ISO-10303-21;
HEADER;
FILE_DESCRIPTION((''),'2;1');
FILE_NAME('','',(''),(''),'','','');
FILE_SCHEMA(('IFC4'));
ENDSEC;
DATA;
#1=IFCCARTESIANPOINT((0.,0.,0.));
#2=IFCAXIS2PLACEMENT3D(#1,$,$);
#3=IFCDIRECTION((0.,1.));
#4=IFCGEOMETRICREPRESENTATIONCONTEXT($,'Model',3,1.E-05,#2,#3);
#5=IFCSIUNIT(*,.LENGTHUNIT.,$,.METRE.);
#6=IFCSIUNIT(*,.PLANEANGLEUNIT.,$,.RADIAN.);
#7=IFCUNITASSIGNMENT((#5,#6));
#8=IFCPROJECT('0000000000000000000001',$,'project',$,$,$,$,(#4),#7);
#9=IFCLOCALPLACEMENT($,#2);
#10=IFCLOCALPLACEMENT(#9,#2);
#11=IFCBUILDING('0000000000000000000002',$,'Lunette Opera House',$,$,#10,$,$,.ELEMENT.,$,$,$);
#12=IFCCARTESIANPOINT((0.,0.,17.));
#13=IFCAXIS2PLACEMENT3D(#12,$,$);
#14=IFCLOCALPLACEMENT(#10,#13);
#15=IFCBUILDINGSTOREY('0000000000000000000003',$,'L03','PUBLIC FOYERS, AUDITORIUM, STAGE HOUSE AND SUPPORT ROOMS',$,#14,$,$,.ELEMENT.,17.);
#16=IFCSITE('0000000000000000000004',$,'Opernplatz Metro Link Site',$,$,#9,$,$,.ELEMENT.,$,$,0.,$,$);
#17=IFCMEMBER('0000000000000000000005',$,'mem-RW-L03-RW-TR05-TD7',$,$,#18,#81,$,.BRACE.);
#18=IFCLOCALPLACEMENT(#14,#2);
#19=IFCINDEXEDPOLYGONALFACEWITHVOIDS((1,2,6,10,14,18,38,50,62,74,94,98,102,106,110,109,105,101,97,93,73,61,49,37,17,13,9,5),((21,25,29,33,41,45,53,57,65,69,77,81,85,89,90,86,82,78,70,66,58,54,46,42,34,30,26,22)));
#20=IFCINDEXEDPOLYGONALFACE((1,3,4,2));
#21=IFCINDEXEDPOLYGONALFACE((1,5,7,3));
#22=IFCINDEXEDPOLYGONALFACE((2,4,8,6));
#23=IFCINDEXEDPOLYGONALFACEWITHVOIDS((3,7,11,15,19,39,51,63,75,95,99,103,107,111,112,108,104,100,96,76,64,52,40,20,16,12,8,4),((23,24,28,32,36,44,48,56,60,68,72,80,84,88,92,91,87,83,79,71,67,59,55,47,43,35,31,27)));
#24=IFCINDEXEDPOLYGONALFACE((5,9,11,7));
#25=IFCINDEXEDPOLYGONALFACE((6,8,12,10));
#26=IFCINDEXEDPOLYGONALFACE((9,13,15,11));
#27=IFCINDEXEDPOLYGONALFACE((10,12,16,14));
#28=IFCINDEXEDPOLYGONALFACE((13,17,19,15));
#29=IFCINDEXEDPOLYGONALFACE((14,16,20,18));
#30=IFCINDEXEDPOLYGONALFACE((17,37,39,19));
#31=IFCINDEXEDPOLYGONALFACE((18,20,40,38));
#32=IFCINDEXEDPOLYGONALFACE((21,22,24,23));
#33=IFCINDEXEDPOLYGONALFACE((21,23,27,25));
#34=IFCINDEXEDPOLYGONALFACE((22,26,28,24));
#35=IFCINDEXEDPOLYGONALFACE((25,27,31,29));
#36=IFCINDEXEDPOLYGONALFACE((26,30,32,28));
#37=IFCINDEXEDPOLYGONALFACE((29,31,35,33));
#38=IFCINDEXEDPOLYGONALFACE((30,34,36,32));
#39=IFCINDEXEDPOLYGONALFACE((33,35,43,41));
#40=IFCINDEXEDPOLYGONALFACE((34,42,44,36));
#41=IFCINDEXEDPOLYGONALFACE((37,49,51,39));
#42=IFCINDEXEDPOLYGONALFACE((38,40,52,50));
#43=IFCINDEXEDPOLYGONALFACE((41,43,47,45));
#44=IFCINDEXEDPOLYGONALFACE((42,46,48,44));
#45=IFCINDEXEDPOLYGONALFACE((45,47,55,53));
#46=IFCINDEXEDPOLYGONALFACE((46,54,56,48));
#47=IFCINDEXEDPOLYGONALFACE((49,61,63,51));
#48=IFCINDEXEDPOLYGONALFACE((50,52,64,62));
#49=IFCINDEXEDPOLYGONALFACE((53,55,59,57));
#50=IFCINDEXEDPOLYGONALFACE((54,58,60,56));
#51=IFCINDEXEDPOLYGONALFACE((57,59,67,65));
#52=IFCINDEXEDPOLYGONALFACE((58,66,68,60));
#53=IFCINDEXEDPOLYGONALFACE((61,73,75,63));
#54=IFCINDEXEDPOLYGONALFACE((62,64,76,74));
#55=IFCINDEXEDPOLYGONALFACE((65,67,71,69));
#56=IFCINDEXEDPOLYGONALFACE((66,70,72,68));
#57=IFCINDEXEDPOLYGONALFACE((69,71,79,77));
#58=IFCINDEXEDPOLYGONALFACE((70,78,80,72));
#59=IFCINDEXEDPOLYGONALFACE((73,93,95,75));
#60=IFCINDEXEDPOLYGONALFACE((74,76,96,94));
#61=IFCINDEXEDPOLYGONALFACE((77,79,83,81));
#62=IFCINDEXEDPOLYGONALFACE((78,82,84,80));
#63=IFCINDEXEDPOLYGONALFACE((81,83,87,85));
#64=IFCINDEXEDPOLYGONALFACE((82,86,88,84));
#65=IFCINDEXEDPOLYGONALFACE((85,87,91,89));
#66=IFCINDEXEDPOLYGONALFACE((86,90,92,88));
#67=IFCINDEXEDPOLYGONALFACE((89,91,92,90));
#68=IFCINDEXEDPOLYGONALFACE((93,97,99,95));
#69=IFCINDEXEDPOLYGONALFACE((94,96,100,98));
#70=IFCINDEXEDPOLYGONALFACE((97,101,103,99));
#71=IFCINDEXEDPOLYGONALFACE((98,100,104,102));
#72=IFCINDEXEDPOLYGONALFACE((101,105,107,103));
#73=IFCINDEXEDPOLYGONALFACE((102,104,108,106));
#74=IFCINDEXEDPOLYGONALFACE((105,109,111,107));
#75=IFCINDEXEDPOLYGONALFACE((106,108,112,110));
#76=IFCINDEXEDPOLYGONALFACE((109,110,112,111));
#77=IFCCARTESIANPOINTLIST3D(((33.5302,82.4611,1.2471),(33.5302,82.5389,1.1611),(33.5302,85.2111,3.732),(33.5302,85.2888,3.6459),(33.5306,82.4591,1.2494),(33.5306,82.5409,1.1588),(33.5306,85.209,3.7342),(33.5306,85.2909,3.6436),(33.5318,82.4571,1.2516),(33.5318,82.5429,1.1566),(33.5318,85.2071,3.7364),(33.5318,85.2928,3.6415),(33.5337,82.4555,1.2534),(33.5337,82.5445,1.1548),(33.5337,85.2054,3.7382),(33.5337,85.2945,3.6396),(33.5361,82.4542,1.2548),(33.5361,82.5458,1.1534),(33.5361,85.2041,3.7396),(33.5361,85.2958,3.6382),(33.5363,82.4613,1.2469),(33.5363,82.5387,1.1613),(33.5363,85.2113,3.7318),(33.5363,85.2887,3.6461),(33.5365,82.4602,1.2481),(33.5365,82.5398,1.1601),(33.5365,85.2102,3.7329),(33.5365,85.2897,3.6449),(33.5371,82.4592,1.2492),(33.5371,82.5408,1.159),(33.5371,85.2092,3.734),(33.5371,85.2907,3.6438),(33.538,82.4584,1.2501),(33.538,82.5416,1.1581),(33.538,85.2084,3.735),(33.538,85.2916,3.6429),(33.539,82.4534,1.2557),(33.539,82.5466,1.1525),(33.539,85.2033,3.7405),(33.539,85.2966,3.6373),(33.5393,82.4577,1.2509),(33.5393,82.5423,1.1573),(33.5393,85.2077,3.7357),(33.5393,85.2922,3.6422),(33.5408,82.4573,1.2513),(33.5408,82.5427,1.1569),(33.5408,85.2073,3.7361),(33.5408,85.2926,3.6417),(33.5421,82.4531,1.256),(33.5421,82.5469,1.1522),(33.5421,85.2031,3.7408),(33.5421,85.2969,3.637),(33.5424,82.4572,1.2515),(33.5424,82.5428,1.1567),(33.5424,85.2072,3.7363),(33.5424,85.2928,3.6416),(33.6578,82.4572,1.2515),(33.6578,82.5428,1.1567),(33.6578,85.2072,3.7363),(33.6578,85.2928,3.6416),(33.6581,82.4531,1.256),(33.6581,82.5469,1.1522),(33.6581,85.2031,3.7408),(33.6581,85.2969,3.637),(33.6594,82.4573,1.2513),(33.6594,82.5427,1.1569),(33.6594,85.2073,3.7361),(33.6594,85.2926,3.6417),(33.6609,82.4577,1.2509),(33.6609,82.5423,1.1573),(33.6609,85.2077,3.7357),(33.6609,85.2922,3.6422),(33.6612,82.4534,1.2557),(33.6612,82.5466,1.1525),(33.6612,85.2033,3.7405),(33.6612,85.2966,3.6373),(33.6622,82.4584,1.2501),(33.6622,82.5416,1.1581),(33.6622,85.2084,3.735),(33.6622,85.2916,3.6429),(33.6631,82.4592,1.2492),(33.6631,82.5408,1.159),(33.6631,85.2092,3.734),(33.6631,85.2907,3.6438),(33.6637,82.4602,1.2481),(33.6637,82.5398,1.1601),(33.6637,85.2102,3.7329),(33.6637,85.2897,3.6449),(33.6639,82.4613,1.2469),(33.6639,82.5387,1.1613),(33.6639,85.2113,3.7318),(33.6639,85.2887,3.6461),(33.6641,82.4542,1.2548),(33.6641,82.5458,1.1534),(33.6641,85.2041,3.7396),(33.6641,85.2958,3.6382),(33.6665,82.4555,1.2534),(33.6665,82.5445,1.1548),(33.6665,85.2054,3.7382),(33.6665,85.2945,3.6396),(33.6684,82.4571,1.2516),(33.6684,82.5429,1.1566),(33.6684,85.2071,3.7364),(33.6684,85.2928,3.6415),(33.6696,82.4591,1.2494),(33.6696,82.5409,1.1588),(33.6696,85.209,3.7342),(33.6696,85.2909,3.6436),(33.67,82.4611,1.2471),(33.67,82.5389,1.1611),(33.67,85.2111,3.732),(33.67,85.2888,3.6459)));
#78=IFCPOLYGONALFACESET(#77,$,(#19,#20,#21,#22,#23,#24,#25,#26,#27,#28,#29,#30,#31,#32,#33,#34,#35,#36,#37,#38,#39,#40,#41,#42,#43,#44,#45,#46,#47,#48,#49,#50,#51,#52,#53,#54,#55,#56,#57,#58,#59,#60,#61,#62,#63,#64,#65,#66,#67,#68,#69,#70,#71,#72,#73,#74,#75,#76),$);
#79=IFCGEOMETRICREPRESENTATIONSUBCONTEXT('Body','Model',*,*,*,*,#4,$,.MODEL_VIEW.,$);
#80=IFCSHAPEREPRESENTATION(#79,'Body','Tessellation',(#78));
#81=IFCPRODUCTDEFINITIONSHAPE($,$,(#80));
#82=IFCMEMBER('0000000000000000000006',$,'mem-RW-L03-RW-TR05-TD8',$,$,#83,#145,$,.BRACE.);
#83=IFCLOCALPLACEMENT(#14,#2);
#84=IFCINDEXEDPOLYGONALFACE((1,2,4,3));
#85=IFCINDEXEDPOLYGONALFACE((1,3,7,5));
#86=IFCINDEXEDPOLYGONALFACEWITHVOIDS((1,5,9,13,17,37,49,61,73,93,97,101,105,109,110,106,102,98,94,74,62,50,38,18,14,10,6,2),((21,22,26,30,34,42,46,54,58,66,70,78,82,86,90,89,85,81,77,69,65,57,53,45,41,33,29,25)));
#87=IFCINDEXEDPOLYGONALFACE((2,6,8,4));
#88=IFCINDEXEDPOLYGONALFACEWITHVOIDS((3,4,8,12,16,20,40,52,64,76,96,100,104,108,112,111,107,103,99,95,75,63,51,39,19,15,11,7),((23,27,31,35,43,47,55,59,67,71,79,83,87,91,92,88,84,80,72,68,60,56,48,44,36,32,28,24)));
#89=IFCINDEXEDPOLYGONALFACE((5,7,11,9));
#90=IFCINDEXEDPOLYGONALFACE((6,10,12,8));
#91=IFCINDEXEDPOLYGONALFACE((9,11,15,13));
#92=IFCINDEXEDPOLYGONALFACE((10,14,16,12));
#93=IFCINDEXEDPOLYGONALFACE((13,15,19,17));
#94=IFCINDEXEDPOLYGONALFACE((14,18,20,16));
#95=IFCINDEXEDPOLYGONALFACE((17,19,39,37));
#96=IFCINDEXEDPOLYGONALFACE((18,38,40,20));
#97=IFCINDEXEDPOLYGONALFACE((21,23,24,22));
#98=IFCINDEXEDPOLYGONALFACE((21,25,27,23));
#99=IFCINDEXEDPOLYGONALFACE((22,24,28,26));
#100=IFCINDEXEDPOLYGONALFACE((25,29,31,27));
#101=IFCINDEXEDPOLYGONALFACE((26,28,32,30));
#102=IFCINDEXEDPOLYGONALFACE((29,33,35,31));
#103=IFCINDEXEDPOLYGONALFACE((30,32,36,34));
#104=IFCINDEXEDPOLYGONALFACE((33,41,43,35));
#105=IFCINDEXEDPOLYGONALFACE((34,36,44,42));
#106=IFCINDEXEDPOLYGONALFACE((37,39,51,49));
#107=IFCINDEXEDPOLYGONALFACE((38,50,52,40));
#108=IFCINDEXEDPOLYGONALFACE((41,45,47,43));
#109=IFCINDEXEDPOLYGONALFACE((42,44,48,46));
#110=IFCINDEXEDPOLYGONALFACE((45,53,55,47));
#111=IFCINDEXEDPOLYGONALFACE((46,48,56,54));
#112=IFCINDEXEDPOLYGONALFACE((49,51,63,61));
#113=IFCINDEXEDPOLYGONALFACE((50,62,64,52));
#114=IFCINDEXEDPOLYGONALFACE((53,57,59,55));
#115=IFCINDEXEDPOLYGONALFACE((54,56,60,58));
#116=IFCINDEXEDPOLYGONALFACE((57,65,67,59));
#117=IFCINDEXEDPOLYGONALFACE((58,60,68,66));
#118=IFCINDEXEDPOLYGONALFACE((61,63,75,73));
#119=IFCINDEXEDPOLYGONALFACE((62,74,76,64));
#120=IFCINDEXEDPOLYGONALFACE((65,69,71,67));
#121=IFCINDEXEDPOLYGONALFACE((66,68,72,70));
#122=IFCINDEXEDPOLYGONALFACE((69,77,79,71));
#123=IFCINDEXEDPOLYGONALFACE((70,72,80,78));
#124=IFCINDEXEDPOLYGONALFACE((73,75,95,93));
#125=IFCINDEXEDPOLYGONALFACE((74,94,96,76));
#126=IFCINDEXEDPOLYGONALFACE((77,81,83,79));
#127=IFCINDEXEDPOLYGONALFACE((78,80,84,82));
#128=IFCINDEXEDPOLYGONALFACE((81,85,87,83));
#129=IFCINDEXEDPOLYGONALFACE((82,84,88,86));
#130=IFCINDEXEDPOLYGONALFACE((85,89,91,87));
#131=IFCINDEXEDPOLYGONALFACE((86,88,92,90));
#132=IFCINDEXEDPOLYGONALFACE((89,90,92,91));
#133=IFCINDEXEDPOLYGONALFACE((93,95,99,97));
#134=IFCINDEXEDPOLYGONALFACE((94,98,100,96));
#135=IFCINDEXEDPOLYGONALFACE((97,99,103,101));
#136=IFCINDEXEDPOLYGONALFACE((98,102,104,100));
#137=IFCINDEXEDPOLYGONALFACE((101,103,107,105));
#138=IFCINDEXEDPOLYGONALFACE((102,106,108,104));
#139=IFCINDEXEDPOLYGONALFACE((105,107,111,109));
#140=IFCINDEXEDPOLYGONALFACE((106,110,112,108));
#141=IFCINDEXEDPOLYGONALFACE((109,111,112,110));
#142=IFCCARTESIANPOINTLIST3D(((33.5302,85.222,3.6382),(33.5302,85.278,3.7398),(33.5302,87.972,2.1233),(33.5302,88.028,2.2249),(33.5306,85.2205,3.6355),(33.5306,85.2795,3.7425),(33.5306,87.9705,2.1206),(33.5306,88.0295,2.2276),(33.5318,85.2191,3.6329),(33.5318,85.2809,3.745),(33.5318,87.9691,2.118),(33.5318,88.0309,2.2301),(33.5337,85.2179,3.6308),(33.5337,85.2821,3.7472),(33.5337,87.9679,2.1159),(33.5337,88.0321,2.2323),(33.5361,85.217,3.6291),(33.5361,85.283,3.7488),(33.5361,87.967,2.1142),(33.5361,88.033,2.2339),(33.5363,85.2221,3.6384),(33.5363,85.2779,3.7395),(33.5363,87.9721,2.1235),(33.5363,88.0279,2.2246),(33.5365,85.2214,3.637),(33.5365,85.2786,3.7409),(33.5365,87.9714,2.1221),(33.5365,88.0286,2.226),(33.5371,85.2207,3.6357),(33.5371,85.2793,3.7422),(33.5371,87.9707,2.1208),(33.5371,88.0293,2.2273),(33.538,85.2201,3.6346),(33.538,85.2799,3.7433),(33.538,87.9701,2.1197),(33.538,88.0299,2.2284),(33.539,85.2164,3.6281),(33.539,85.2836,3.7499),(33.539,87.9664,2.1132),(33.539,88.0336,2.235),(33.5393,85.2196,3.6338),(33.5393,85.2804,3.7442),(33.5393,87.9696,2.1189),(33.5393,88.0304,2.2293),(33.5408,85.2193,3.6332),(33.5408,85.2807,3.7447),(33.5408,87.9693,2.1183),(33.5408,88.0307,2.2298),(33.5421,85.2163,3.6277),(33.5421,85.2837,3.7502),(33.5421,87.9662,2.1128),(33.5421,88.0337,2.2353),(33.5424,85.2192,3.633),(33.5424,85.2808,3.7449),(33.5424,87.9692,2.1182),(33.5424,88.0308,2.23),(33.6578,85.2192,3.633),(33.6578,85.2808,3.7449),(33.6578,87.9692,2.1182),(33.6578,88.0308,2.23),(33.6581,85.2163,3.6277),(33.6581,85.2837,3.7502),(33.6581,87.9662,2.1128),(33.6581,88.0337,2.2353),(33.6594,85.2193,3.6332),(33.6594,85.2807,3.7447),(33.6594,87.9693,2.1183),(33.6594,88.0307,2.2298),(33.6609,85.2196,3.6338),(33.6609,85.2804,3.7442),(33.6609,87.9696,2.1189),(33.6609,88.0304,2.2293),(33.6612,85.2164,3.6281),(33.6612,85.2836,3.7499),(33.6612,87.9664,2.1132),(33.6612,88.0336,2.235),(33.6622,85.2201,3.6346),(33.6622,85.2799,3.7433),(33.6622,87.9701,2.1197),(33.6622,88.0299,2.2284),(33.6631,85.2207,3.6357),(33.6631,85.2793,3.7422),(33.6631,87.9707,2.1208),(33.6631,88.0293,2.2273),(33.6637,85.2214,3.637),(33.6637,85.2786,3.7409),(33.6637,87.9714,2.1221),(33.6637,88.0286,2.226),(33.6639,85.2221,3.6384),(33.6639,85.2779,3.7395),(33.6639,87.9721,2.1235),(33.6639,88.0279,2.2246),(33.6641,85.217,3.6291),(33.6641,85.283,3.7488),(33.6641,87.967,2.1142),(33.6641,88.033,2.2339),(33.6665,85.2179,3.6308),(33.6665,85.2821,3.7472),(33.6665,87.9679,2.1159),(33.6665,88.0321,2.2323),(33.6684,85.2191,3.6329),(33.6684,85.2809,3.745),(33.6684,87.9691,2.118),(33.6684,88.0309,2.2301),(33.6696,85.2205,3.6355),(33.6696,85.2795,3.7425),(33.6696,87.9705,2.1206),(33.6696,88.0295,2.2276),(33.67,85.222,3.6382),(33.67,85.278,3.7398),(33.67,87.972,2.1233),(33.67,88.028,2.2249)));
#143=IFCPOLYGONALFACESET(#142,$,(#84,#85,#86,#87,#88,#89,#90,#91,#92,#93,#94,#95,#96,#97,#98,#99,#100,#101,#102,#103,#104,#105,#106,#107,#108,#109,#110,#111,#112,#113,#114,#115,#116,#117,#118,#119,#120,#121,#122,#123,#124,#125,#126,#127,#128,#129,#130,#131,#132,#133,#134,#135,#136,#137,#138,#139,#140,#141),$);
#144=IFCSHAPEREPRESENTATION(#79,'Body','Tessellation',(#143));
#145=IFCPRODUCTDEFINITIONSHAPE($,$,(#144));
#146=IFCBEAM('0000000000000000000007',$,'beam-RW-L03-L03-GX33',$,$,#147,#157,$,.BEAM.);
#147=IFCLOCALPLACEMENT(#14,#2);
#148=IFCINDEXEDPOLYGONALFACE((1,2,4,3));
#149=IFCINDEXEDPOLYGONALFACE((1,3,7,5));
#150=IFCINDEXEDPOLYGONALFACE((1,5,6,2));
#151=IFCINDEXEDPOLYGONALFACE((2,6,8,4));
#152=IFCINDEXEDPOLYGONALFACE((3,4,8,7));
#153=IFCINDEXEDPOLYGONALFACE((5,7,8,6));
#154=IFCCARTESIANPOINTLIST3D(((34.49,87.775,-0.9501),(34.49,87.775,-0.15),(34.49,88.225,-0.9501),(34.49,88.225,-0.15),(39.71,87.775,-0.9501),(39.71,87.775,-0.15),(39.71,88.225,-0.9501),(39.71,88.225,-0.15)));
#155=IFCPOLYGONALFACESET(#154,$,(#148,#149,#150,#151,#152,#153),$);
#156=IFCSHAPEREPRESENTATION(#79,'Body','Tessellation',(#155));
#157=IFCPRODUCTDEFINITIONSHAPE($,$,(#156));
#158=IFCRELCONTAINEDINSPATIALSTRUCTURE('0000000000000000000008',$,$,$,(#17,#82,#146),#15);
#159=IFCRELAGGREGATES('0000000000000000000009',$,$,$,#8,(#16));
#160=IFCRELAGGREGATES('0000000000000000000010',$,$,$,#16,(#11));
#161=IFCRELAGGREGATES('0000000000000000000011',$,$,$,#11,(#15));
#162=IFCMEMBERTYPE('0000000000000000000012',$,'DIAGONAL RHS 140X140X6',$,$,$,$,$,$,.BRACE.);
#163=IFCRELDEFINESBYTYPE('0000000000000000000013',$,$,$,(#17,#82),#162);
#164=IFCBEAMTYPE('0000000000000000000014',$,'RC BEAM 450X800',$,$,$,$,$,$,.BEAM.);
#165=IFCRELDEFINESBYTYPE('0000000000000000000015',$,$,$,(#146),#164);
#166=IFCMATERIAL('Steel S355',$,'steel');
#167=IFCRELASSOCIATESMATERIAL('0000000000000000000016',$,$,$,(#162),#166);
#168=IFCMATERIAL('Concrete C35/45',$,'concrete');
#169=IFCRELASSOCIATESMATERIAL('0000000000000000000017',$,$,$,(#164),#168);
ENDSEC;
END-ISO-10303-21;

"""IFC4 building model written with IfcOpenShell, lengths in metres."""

from ifc_helpers import new_model, si_unit, direction, frame, origin, origin_2d, place, context, subcontext, project, spatial, rectangle, hollow_rectangle, extrude, material, material_profile, profile_set, type_object, element, save


model = new_model("IFC4")

# Units and contexts
model_context = context("Model", 3, precision=1e-05, world=origin(), true_north=direction((0.0, 1.0)))
body_context = subcontext(model_context, "Body", "Model", "MODEL_VIEW")
ifc_project = project(units=[si_unit("LENGTHUNIT", "METRE"), si_unit("PLANEANGLEUNIT", "RADIAN")], contexts=[model_context])

# Site, building, storey
site_placement = place(None, origin())
site = spatial("IfcSite", under=ifc_project, at=site_placement, Name="Opernplatz Metro Link Site", CompositionType="ELEMENT", RefElevation=0.0)
building_placement = place(site_placement, origin())
building = spatial("IfcBuilding", under=site, at=building_placement, Name="Lunette Opera House", CompositionType="ELEMENT")
storey_placement = place(building_placement, frame((0.0, 0.0, 17.0)))
storey = spatial("IfcBuildingStorey", under=building, at=storey_placement, Name="L03", Description="PUBLIC FOYERS, AUDITORIUM, STAGE HOUSE AND SUPPORT ROOMS", CompositionType="ELEMENT", Elevation=17.0)

# Members
ifc_material_1 = material(Name="Steel S355", Category="steel")
ifc_material_profile_1 = material_profile(ifc_material_1, hollow_rectangle(XDim=0.1399, YDim=0.1399, WallThickness=0.0061, InnerFilletRadius=0.0061, OuterFilletRadius=0.012, at=origin_2d()), Name="RHS 140X140X6")
ifc_profile_set_1 = profile_set([ifc_material_profile_1], Name="Steel S355")
member_type_1 = type_object("IfcMemberType", Name="DIAGONAL RHS 140X140X6", PredefinedType="BRACE", material=ifc_profile_set_1)
member_1_placement = place(storey_placement, frame((33.6001, 82.5, 1.2041), z_axis=(0.0, 0.741969, 0.670434), x_axis=(-1.0, 0.0, 0.0)))
element("IfcMember", 1, at=member_1_placement, inside=storey, type_object=member_type_1, Name="mem-RW-L03-RW-TR05-TD7", PredefinedType="BRACE", context=body_context, shape_type="SweptSolid", body=[
    extrude(hollow_rectangle(XDim=0.1399, YDim=0.1399, WallThickness=0.0061, InnerFilletRadius=0.0061, OuterFilletRadius=0.012, at=origin_2d()), origin(), (0.0, 0.0, 1.0), 3.7063),
])
member_2_placement = place(storey_placement, frame((33.6001, 85.25, 3.689), z_axis=(0.0, 0.875894, -0.482504), x_axis=(-1.0, 0.0, 0.0)))
element("IfcMember", 2, at=member_2_placement, inside=storey, type_object=member_type_1, Name="mem-RW-L03-RW-TR05-TD8", PredefinedType="BRACE", context=body_context, shape_type="SweptSolid", body=[
    extrude(hollow_rectangle(XDim=0.1399, YDim=0.1399, WallThickness=0.0061, InnerFilletRadius=0.0061, OuterFilletRadius=0.012, at=origin_2d()), origin(), (0.0, 0.0, 1.0), 3.1396),
])

# Beam
ifc_material_2 = material(Name="Concrete C35/45", Category="concrete")
ifc_material_profile_2 = material_profile(ifc_material_2, rectangle(XDim=0.45, YDim=0.8, at=origin_2d()), Name="RC BEAM 450X800")
ifc_profile_set_2 = profile_set([ifc_material_profile_2], Name="Concrete C35/45")
beam_type_1 = type_object("IfcBeamType", Name="RC BEAM 450X800", PredefinedType="BEAM", material=ifc_profile_set_2)
beam_placement = place(storey_placement, frame((34.49, 88.0, -0.55), z_axis=(1.0, 0.0, 0.0), x_axis=(0.0, 1.0, 0.0)))
element("IfcBeam", 3, at=beam_placement, inside=storey, type_object=beam_type_1, Name="beam-RW-L03-L03-GX33", PredefinedType="BEAM", context=body_context, shape_type="SweptSolid", body=[
    extrude(rectangle(XDim=0.45, YDim=0.8, at=origin_2d()), origin(), (0.0, 0.0, 1.0), 5.22),
])

save(model, "model.ifc")
